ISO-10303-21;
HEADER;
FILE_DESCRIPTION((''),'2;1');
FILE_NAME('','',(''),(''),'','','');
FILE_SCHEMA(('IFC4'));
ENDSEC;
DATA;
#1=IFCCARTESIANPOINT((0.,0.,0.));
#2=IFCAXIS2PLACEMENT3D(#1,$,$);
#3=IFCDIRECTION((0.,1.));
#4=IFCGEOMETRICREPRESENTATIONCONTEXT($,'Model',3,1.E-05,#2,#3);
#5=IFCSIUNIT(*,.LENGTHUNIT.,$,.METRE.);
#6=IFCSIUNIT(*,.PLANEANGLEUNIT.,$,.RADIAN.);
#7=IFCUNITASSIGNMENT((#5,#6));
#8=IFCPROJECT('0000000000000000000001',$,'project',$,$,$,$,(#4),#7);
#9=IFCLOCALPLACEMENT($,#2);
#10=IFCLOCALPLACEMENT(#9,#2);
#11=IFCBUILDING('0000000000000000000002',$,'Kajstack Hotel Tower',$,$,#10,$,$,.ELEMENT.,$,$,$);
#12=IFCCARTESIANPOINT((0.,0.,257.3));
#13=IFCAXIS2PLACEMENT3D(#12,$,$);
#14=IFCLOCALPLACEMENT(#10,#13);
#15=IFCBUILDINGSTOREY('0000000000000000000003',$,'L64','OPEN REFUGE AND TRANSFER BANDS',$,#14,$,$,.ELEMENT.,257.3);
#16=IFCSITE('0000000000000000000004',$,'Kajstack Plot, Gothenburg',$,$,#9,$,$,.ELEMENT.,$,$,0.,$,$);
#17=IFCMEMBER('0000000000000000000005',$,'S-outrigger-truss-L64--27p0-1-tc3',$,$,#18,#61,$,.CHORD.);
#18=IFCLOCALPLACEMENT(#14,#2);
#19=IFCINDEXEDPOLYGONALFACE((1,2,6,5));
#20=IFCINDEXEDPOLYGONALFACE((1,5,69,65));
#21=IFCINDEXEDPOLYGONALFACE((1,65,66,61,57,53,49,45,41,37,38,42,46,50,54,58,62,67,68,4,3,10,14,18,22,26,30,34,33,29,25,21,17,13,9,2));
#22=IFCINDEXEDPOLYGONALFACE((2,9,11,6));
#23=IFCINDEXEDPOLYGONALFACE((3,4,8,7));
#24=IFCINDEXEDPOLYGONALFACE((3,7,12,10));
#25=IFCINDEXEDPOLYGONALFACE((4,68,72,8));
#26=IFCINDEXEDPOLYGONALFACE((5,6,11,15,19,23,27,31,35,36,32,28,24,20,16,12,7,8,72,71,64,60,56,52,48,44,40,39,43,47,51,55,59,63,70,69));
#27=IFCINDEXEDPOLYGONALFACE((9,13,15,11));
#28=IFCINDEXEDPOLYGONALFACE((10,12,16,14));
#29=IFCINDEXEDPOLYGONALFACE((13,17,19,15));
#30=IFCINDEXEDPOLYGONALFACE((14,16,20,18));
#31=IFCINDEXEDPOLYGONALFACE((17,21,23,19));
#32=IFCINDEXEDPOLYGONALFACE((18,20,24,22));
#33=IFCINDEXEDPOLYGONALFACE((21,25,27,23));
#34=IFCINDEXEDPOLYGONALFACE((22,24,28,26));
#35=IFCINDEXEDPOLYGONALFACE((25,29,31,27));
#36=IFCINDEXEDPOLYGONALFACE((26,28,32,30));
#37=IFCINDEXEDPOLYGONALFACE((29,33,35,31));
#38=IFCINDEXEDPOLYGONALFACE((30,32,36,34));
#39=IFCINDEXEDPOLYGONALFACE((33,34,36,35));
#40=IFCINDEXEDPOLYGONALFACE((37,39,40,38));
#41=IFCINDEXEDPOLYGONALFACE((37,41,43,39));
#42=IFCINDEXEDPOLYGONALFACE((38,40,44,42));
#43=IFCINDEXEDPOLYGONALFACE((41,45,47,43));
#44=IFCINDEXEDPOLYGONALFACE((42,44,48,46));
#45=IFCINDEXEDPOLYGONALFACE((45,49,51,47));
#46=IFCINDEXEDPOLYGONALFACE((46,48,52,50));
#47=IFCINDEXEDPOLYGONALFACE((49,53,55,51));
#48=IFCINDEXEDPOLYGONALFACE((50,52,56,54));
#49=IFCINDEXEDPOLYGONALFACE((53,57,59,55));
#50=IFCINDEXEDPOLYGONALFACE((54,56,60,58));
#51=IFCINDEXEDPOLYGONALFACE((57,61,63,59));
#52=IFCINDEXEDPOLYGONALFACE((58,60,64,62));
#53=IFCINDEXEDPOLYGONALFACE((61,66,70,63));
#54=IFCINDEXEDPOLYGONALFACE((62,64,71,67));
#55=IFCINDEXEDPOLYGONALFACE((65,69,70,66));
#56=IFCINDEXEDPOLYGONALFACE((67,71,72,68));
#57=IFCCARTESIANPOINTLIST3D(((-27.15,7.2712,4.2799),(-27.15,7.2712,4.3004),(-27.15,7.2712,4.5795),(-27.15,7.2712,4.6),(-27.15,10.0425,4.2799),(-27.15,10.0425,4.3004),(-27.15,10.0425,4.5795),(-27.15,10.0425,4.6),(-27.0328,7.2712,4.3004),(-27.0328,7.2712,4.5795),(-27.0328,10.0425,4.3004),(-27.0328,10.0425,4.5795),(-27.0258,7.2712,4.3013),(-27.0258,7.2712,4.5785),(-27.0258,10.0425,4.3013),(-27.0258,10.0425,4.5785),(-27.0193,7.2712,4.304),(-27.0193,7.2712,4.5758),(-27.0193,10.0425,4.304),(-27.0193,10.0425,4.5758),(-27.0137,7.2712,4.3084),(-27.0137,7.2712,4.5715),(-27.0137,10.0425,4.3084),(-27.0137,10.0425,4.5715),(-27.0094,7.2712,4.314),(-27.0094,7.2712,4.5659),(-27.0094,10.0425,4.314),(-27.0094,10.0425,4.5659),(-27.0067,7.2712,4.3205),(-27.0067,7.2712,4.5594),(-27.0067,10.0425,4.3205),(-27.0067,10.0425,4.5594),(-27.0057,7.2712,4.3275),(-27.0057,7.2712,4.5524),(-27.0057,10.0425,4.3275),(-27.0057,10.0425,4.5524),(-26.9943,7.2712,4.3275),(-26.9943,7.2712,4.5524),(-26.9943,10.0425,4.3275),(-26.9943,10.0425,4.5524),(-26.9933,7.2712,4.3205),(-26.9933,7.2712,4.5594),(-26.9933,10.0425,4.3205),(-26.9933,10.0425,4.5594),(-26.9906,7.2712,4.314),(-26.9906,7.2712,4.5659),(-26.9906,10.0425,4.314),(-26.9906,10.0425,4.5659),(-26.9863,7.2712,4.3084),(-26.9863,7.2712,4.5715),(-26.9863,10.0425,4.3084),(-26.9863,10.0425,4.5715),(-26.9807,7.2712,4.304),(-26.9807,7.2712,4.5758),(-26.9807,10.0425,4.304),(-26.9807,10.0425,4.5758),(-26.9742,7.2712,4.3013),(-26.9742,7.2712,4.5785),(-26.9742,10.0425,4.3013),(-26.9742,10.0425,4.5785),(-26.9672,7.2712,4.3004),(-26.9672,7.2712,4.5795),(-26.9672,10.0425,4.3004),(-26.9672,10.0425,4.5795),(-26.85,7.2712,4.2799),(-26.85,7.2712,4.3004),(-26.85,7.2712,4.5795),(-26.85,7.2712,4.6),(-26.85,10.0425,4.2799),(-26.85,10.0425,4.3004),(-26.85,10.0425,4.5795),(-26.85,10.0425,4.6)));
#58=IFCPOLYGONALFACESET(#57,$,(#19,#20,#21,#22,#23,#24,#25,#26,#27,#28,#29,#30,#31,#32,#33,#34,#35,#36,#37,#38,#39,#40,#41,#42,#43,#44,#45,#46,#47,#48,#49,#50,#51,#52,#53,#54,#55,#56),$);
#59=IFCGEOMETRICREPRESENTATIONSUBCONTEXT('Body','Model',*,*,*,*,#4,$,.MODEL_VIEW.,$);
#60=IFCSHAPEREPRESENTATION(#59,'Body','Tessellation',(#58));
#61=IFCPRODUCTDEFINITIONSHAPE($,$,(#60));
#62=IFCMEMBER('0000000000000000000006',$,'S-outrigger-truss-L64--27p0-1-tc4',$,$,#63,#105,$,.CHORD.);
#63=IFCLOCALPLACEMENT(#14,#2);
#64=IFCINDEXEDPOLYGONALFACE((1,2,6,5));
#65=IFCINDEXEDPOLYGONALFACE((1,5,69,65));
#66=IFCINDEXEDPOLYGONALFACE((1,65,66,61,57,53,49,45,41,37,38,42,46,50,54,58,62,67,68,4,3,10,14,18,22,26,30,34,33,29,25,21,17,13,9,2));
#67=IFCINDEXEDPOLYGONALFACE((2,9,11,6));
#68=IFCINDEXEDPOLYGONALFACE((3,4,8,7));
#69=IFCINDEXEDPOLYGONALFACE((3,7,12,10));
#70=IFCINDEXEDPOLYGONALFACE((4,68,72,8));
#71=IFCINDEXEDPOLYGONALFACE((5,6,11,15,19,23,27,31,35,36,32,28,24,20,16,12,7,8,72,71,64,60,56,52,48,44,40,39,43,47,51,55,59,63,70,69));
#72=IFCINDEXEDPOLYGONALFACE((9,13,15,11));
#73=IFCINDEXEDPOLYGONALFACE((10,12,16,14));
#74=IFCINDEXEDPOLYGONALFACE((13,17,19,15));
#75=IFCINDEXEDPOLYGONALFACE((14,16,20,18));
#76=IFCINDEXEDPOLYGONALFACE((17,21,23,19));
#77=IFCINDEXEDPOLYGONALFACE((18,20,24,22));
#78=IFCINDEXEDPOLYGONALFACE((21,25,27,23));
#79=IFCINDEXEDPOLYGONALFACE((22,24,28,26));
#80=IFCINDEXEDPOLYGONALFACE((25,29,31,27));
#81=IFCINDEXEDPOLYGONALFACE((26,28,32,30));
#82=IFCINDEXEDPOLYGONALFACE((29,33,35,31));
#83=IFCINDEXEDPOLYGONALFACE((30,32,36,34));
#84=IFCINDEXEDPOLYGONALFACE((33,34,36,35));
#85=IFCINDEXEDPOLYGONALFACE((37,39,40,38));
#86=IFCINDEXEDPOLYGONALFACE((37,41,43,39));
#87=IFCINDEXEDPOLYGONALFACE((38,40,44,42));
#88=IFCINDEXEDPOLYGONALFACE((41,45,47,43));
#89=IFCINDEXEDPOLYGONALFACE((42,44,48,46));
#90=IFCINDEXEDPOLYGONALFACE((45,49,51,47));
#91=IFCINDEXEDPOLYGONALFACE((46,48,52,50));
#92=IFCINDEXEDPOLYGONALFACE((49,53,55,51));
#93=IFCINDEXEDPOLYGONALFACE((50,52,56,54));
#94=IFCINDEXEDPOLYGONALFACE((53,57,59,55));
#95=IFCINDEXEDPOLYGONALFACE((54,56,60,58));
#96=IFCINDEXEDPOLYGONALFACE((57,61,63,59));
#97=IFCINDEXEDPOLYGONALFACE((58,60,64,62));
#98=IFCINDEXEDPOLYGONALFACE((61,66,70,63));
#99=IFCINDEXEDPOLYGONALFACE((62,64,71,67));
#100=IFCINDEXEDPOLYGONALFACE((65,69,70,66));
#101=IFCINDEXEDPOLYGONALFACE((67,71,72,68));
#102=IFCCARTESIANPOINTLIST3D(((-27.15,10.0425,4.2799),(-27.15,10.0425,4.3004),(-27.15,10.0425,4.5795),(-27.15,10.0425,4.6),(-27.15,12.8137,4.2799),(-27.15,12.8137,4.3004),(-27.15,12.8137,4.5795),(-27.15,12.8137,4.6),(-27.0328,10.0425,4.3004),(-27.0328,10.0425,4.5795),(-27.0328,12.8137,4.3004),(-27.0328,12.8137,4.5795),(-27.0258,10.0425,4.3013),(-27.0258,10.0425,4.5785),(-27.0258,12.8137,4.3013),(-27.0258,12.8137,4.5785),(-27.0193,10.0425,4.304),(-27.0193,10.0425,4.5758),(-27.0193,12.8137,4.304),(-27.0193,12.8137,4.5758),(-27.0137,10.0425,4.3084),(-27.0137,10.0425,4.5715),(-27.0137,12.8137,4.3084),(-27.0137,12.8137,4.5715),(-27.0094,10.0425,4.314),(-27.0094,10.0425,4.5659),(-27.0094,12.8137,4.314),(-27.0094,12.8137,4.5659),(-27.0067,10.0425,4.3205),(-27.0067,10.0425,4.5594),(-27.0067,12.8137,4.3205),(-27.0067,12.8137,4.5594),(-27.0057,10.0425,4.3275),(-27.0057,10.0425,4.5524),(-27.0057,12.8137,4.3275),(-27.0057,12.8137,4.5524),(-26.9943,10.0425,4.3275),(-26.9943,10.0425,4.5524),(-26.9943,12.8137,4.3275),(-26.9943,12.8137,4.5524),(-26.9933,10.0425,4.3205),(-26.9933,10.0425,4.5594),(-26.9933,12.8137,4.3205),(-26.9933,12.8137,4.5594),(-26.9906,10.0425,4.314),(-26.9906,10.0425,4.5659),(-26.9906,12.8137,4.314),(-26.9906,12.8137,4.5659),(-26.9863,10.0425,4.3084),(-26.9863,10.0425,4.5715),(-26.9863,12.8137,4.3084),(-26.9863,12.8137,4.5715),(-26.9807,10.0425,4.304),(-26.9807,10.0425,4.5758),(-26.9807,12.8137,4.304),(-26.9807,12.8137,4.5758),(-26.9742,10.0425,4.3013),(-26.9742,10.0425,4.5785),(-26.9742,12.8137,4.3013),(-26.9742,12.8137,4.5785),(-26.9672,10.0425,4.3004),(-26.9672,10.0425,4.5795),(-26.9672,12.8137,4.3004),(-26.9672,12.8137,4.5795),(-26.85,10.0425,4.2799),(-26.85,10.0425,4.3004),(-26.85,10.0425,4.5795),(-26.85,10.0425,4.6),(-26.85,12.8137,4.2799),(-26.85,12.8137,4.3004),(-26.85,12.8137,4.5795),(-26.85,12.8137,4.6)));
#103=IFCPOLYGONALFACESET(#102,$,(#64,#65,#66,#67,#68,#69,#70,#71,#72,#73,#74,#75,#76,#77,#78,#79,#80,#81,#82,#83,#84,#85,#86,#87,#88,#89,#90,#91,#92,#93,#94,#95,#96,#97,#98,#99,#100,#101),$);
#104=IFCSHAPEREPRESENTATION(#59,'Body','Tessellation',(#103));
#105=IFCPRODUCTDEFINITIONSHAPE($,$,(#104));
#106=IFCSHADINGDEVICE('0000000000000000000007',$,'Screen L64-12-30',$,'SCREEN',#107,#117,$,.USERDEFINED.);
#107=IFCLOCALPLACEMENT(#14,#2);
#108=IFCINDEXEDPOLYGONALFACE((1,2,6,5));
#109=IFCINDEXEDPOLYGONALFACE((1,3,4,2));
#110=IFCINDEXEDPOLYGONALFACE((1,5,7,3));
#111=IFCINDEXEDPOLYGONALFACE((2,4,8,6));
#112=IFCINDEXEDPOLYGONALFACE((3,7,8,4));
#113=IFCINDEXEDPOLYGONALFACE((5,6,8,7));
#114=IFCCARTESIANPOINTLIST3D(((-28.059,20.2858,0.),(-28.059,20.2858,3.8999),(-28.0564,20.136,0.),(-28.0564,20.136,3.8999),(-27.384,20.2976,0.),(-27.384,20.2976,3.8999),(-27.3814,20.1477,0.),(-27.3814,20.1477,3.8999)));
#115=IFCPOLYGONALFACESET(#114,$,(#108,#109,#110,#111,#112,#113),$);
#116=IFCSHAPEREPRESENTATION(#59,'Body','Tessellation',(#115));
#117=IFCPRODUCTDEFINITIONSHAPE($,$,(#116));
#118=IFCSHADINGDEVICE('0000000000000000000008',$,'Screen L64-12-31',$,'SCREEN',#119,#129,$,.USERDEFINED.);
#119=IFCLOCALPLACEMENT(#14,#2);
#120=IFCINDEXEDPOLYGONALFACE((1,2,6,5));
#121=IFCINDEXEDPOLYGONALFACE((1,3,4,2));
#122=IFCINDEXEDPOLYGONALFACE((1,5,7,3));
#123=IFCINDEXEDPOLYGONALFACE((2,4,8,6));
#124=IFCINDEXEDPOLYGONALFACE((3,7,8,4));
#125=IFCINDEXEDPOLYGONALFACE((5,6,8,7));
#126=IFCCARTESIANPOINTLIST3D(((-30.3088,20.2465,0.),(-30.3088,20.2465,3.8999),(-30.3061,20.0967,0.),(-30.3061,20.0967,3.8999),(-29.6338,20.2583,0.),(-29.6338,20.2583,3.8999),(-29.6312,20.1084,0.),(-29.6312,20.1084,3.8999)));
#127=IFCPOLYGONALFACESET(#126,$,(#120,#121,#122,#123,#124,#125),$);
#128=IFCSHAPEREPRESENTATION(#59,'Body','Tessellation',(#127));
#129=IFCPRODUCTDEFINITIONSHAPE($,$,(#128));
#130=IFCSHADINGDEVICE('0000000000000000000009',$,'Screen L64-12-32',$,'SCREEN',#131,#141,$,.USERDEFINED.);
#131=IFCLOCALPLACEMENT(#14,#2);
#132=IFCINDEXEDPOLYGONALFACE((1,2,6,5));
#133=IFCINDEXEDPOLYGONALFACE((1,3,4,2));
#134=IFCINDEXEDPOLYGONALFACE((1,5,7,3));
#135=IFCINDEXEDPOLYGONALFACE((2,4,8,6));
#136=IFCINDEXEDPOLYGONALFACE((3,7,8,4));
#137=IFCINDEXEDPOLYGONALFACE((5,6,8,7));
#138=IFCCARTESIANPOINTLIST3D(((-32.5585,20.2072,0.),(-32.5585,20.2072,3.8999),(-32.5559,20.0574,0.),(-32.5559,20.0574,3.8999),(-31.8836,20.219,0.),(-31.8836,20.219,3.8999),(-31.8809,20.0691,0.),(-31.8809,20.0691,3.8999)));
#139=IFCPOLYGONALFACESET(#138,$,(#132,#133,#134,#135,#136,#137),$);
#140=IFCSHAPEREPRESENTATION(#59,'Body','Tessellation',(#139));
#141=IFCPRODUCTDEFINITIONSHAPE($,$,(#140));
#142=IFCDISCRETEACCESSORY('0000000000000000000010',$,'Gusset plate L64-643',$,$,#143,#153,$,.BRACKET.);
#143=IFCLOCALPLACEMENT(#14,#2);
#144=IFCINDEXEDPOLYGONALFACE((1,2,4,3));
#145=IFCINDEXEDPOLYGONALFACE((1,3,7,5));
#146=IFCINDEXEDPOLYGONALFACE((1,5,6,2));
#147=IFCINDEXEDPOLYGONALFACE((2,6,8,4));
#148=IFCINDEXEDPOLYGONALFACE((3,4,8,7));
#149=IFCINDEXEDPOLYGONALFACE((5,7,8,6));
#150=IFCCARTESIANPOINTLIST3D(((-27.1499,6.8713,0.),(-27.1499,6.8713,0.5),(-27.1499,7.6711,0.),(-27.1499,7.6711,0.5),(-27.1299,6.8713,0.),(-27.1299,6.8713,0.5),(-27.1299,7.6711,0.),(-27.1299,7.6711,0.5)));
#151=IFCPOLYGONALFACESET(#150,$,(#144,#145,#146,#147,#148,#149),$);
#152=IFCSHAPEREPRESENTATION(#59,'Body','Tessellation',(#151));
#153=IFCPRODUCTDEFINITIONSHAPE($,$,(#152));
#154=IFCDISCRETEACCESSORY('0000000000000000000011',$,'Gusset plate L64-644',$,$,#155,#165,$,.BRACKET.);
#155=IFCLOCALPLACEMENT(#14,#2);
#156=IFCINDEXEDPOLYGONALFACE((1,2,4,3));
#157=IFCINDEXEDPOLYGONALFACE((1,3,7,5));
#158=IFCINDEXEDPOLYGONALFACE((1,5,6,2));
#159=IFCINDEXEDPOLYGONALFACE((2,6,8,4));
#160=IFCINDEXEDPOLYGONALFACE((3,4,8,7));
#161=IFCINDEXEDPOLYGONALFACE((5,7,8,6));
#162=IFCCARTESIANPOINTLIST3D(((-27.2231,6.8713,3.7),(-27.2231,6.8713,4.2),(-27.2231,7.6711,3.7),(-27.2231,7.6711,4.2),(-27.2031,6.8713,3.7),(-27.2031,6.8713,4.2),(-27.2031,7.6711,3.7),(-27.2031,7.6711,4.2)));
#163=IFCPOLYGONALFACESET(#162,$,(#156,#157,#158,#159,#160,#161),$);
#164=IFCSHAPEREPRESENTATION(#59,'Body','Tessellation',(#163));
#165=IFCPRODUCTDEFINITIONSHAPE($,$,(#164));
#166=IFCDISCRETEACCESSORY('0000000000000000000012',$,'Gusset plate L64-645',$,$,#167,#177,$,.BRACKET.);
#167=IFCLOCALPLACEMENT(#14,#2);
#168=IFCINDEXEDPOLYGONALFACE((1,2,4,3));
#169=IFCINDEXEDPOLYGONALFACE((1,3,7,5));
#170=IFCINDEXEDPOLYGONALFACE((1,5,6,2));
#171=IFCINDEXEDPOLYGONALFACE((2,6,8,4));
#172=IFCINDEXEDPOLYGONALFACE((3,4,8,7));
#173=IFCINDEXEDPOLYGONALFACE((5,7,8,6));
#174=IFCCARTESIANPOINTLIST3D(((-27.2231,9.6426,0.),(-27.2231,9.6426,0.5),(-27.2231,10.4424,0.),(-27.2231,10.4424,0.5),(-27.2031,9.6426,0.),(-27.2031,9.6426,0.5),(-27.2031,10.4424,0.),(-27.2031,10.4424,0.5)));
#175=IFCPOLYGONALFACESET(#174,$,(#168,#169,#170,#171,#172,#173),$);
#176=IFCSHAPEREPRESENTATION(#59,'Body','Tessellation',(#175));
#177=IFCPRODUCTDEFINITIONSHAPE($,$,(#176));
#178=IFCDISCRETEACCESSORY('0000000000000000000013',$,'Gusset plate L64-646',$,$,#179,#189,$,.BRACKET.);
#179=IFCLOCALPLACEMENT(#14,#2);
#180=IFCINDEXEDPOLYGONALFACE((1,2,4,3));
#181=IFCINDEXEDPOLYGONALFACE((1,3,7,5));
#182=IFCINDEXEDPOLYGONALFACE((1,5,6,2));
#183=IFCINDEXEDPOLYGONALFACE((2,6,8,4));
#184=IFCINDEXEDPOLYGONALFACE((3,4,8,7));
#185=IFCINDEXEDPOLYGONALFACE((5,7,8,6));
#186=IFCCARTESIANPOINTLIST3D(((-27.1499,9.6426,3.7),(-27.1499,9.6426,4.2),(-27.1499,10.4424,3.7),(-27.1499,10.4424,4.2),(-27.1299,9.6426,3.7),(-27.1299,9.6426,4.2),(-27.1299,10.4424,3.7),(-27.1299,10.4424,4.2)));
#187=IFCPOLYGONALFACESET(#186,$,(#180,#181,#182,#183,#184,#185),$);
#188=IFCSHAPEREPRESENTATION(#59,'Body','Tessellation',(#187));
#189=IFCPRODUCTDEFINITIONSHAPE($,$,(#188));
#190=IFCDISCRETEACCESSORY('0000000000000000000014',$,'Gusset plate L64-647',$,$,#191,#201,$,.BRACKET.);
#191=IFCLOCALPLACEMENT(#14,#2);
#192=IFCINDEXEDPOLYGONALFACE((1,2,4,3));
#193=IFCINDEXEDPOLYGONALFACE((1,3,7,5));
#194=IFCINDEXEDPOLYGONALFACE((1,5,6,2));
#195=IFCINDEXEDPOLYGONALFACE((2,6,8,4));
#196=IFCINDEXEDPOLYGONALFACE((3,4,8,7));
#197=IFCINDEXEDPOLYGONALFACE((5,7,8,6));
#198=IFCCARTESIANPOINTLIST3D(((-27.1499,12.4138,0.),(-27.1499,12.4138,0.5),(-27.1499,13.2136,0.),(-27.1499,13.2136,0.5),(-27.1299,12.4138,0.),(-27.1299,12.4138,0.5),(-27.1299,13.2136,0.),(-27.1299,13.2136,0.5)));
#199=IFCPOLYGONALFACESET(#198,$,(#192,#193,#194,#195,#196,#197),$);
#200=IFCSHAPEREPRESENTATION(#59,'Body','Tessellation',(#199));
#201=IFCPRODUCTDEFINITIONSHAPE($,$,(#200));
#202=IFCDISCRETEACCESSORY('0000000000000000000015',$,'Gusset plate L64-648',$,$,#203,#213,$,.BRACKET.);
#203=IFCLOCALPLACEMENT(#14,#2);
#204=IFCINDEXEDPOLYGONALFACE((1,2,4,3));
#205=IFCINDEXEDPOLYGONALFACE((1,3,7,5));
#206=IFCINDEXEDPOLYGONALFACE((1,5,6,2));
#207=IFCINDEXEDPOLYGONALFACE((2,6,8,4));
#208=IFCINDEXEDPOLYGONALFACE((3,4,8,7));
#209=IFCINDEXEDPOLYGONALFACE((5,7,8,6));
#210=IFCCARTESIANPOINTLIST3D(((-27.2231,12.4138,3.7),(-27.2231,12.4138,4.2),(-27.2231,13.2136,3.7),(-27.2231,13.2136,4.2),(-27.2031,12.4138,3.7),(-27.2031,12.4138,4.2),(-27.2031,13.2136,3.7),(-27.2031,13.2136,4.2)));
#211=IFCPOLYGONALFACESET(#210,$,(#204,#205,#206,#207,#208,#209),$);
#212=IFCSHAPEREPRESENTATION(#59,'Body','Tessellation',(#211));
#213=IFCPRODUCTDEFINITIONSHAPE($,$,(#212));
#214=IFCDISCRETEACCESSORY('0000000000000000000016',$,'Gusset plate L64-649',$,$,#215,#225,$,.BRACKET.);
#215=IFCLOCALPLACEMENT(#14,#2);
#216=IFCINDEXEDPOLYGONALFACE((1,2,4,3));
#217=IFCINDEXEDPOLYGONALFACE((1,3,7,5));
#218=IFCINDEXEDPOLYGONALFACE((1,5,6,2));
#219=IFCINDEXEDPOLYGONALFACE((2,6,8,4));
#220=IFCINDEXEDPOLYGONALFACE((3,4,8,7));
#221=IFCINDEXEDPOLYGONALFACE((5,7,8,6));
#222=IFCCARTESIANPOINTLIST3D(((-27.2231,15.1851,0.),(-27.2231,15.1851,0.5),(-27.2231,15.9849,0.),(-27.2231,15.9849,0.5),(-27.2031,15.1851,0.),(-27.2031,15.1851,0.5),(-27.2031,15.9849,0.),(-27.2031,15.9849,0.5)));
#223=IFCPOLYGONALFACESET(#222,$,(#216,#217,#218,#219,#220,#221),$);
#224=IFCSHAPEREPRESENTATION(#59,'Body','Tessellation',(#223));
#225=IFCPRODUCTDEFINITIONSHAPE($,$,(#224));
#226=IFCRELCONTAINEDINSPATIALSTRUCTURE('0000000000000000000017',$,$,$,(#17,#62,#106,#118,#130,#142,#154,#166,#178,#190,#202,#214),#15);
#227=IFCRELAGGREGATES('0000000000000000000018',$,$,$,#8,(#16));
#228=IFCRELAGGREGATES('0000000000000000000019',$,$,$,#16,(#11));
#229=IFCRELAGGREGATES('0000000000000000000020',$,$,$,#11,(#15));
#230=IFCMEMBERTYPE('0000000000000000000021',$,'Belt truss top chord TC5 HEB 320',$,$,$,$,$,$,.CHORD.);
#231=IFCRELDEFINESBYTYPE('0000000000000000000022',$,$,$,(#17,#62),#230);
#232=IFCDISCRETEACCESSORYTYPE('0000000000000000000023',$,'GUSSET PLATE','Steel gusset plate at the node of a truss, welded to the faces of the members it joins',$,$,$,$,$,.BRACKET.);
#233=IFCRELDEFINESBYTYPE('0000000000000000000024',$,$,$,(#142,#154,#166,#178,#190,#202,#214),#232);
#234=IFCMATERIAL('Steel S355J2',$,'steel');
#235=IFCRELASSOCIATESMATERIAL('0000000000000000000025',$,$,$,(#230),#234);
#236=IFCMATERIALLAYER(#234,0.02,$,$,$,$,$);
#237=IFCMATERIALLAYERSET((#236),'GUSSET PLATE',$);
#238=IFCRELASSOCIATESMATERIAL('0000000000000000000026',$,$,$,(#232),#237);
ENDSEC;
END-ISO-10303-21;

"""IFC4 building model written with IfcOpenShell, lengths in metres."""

from ifc_helpers import new_model, si_unit, direction, frame, origin, origin_2d, place, context, subcontext, project, spatial, polyline, rectangle, i_section, outline, extrude, material, layer, layer_set, material_profile, profile_set, type_object, element, save


model = new_model("IFC4")

# Units and contexts
model_context = context("Model", 3, precision=1e-05, world=origin(), true_north=direction((0.0, 1.0)))
body_context = subcontext(model_context, "Body", "Model", "MODEL_VIEW")
ifc_project = project(units=[si_unit("LENGTHUNIT", "METRE"), si_unit("PLANEANGLEUNIT", "RADIAN")], contexts=[model_context])

# Site, building, storey
site_placement = place(None, origin())
site = spatial("IfcSite", under=ifc_project, at=site_placement, Name="Kajstack Plot, Gothenburg", CompositionType="ELEMENT", RefElevation=0.0)
building_placement = place(site_placement, origin())
building = spatial("IfcBuilding", under=site, at=building_placement, Name="Kajstack Hotel Tower", CompositionType="ELEMENT")
storey_placement = place(building_placement, frame((0.0, 0.0, 257.3)))
storey = spatial("IfcBuildingStorey", under=building, at=storey_placement, Name="L64", Description="OPEN REFUGE AND TRANSFER BANDS", CompositionType="ELEMENT", Elevation=257.3)

# Members
ifc_material = material(Name="Steel S355J2", Category="steel")
ifc_material_profile_1 = material_profile(ifc_material, i_section(OverallWidth=0.3, OverallDepth=0.3201, WebThickness=0.0115, FlangeThickness=0.0205, FilletRadius=0.0271, at=origin_2d()), Name="HEB 320")
ifc_profile_set_1 = profile_set([ifc_material_profile_1], Name="Steel S355J2")
member_type_1 = type_object("IfcMemberType", Name="Belt truss top chord TC5 HEB 320", PredefinedType="CHORD", material=ifc_profile_set_1)
for number, where, z_axis, x_axis, name in (
    (1, (-27.0, 7.2712, 4.4399), (0.0, 1.0, 0.0), (-1.0, 0.0, 0.0), "S-outrigger-truss-L64--27p0-1-tc3"),
    (2, (-27.0, 10.0425, 4.4399), (0.0, 1.0, 0.0), (-1.0, 0.0, 0.0), "S-outrigger-truss-L64--27p0-1-tc4"),
):
    element("IfcMember", number, at=place(storey_placement, frame(where, z_axis=z_axis, x_axis=x_axis)), inside=storey, type_object=member_type_1, Name=name, PredefinedType="CHORD", context=body_context, shape_type="SweptSolid", body=[
        extrude(i_section(OverallWidth=0.3, OverallDepth=0.3201, WebThickness=0.0115, FlangeThickness=0.0205, FilletRadius=0.0271, at=origin_2d()), origin(), (0.0, 0.0, 1.0), 2.7712),
    ])

# Shading devices
for number, where, z_axis, x_axis, name in (
    (3, (-27.7202, 20.2168, 0.0), (0.0, 0.0, 1.0), (-0.999848, -0.017453, 0.0), "Screen L64-12-30"),
    (4, (-29.97, 20.1775, 0.0), (0.0, 0.0, 1.0), (-0.999848, -0.017453, 0.0), "Screen L64-12-31"),
    (5, (-32.2197, 20.1382, 0.0), (0.0, 0.0, 1.0), (-0.999848, -0.017453, 0.0), "Screen L64-12-32"),
):
    element("IfcShadingDevice", number, at=place(storey_placement, frame(where, z_axis=z_axis, x_axis=x_axis)), inside=storey, Name=name, ObjectType="SCREEN", PredefinedType="USERDEFINED", context=body_context, shape_type="SweptSolid", body=[
        extrude(rectangle(XDim=0.675, YDim=0.1499, at=origin_2d()), origin(), (0.0, 0.0, 1.0), 3.8999),
    ])

# Discrete accessories
ifc_layer = layer(ifc_material, 0.02)
ifc_layer_set = layer_set([ifc_layer], Name="GUSSET PLATE")
discrete_accessory_type = type_object("IfcDiscreteAccessoryType", Name="GUSSET PLATE", Description="Steel gusset plate at the node of a truss, welded to the faces of the members it joins", PredefinedType="BRACKET", material=ifc_layer_set)
for number, where, z_axis, x_axis, name in (
    (6, (-27.1499, 7.2712, 0.0), (1.0, 0.0, 0.0), (0.0, 1.0, 0.0), "Gusset plate L64-643"),
    (7, (-27.2231, 7.2712, 3.7), (1.0, 0.0, 0.0), (0.0, 1.0, 0.0), "Gusset plate L64-644"),
    (8, (-27.2231, 10.0425, 0.0), (1.0, 0.0, 0.0), (0.0, 1.0, 0.0), "Gusset plate L64-645"),
    (9, (-27.1499, 10.0425, 3.7), (1.0, 0.0, 0.0), (0.0, 1.0, 0.0), "Gusset plate L64-646"),
    (10, (-27.1499, 12.8137, 0.0), (1.0, 0.0, 0.0), (0.0, 1.0, 0.0), "Gusset plate L64-647"),
    (11, (-27.2231, 12.8137, 3.7), (1.0, 0.0, 0.0), (0.0, 1.0, 0.0), "Gusset plate L64-648"),
    (12, (-27.2231, 15.585, 0.0), (1.0, 0.0, 0.0), (0.0, 1.0, 0.0), "Gusset plate L64-649"),
):
    element("IfcDiscreteAccessory", number, at=place(storey_placement, frame(where, z_axis=z_axis, x_axis=x_axis)), inside=storey, type_object=discrete_accessory_type, Name=name, PredefinedType="BRACKET", context=body_context, shape_type="SweptSolid", body=[
        extrude(outline(polyline([(-0.3999, 0.0), (0.3999, 0.0), (0.3999, 0.5), (-0.3999, 0.5), (-0.3999, 0.0)])), origin(), (0.0, 0.0, 1.0), 0.02),
    ])

save(model, "model.ifc")
